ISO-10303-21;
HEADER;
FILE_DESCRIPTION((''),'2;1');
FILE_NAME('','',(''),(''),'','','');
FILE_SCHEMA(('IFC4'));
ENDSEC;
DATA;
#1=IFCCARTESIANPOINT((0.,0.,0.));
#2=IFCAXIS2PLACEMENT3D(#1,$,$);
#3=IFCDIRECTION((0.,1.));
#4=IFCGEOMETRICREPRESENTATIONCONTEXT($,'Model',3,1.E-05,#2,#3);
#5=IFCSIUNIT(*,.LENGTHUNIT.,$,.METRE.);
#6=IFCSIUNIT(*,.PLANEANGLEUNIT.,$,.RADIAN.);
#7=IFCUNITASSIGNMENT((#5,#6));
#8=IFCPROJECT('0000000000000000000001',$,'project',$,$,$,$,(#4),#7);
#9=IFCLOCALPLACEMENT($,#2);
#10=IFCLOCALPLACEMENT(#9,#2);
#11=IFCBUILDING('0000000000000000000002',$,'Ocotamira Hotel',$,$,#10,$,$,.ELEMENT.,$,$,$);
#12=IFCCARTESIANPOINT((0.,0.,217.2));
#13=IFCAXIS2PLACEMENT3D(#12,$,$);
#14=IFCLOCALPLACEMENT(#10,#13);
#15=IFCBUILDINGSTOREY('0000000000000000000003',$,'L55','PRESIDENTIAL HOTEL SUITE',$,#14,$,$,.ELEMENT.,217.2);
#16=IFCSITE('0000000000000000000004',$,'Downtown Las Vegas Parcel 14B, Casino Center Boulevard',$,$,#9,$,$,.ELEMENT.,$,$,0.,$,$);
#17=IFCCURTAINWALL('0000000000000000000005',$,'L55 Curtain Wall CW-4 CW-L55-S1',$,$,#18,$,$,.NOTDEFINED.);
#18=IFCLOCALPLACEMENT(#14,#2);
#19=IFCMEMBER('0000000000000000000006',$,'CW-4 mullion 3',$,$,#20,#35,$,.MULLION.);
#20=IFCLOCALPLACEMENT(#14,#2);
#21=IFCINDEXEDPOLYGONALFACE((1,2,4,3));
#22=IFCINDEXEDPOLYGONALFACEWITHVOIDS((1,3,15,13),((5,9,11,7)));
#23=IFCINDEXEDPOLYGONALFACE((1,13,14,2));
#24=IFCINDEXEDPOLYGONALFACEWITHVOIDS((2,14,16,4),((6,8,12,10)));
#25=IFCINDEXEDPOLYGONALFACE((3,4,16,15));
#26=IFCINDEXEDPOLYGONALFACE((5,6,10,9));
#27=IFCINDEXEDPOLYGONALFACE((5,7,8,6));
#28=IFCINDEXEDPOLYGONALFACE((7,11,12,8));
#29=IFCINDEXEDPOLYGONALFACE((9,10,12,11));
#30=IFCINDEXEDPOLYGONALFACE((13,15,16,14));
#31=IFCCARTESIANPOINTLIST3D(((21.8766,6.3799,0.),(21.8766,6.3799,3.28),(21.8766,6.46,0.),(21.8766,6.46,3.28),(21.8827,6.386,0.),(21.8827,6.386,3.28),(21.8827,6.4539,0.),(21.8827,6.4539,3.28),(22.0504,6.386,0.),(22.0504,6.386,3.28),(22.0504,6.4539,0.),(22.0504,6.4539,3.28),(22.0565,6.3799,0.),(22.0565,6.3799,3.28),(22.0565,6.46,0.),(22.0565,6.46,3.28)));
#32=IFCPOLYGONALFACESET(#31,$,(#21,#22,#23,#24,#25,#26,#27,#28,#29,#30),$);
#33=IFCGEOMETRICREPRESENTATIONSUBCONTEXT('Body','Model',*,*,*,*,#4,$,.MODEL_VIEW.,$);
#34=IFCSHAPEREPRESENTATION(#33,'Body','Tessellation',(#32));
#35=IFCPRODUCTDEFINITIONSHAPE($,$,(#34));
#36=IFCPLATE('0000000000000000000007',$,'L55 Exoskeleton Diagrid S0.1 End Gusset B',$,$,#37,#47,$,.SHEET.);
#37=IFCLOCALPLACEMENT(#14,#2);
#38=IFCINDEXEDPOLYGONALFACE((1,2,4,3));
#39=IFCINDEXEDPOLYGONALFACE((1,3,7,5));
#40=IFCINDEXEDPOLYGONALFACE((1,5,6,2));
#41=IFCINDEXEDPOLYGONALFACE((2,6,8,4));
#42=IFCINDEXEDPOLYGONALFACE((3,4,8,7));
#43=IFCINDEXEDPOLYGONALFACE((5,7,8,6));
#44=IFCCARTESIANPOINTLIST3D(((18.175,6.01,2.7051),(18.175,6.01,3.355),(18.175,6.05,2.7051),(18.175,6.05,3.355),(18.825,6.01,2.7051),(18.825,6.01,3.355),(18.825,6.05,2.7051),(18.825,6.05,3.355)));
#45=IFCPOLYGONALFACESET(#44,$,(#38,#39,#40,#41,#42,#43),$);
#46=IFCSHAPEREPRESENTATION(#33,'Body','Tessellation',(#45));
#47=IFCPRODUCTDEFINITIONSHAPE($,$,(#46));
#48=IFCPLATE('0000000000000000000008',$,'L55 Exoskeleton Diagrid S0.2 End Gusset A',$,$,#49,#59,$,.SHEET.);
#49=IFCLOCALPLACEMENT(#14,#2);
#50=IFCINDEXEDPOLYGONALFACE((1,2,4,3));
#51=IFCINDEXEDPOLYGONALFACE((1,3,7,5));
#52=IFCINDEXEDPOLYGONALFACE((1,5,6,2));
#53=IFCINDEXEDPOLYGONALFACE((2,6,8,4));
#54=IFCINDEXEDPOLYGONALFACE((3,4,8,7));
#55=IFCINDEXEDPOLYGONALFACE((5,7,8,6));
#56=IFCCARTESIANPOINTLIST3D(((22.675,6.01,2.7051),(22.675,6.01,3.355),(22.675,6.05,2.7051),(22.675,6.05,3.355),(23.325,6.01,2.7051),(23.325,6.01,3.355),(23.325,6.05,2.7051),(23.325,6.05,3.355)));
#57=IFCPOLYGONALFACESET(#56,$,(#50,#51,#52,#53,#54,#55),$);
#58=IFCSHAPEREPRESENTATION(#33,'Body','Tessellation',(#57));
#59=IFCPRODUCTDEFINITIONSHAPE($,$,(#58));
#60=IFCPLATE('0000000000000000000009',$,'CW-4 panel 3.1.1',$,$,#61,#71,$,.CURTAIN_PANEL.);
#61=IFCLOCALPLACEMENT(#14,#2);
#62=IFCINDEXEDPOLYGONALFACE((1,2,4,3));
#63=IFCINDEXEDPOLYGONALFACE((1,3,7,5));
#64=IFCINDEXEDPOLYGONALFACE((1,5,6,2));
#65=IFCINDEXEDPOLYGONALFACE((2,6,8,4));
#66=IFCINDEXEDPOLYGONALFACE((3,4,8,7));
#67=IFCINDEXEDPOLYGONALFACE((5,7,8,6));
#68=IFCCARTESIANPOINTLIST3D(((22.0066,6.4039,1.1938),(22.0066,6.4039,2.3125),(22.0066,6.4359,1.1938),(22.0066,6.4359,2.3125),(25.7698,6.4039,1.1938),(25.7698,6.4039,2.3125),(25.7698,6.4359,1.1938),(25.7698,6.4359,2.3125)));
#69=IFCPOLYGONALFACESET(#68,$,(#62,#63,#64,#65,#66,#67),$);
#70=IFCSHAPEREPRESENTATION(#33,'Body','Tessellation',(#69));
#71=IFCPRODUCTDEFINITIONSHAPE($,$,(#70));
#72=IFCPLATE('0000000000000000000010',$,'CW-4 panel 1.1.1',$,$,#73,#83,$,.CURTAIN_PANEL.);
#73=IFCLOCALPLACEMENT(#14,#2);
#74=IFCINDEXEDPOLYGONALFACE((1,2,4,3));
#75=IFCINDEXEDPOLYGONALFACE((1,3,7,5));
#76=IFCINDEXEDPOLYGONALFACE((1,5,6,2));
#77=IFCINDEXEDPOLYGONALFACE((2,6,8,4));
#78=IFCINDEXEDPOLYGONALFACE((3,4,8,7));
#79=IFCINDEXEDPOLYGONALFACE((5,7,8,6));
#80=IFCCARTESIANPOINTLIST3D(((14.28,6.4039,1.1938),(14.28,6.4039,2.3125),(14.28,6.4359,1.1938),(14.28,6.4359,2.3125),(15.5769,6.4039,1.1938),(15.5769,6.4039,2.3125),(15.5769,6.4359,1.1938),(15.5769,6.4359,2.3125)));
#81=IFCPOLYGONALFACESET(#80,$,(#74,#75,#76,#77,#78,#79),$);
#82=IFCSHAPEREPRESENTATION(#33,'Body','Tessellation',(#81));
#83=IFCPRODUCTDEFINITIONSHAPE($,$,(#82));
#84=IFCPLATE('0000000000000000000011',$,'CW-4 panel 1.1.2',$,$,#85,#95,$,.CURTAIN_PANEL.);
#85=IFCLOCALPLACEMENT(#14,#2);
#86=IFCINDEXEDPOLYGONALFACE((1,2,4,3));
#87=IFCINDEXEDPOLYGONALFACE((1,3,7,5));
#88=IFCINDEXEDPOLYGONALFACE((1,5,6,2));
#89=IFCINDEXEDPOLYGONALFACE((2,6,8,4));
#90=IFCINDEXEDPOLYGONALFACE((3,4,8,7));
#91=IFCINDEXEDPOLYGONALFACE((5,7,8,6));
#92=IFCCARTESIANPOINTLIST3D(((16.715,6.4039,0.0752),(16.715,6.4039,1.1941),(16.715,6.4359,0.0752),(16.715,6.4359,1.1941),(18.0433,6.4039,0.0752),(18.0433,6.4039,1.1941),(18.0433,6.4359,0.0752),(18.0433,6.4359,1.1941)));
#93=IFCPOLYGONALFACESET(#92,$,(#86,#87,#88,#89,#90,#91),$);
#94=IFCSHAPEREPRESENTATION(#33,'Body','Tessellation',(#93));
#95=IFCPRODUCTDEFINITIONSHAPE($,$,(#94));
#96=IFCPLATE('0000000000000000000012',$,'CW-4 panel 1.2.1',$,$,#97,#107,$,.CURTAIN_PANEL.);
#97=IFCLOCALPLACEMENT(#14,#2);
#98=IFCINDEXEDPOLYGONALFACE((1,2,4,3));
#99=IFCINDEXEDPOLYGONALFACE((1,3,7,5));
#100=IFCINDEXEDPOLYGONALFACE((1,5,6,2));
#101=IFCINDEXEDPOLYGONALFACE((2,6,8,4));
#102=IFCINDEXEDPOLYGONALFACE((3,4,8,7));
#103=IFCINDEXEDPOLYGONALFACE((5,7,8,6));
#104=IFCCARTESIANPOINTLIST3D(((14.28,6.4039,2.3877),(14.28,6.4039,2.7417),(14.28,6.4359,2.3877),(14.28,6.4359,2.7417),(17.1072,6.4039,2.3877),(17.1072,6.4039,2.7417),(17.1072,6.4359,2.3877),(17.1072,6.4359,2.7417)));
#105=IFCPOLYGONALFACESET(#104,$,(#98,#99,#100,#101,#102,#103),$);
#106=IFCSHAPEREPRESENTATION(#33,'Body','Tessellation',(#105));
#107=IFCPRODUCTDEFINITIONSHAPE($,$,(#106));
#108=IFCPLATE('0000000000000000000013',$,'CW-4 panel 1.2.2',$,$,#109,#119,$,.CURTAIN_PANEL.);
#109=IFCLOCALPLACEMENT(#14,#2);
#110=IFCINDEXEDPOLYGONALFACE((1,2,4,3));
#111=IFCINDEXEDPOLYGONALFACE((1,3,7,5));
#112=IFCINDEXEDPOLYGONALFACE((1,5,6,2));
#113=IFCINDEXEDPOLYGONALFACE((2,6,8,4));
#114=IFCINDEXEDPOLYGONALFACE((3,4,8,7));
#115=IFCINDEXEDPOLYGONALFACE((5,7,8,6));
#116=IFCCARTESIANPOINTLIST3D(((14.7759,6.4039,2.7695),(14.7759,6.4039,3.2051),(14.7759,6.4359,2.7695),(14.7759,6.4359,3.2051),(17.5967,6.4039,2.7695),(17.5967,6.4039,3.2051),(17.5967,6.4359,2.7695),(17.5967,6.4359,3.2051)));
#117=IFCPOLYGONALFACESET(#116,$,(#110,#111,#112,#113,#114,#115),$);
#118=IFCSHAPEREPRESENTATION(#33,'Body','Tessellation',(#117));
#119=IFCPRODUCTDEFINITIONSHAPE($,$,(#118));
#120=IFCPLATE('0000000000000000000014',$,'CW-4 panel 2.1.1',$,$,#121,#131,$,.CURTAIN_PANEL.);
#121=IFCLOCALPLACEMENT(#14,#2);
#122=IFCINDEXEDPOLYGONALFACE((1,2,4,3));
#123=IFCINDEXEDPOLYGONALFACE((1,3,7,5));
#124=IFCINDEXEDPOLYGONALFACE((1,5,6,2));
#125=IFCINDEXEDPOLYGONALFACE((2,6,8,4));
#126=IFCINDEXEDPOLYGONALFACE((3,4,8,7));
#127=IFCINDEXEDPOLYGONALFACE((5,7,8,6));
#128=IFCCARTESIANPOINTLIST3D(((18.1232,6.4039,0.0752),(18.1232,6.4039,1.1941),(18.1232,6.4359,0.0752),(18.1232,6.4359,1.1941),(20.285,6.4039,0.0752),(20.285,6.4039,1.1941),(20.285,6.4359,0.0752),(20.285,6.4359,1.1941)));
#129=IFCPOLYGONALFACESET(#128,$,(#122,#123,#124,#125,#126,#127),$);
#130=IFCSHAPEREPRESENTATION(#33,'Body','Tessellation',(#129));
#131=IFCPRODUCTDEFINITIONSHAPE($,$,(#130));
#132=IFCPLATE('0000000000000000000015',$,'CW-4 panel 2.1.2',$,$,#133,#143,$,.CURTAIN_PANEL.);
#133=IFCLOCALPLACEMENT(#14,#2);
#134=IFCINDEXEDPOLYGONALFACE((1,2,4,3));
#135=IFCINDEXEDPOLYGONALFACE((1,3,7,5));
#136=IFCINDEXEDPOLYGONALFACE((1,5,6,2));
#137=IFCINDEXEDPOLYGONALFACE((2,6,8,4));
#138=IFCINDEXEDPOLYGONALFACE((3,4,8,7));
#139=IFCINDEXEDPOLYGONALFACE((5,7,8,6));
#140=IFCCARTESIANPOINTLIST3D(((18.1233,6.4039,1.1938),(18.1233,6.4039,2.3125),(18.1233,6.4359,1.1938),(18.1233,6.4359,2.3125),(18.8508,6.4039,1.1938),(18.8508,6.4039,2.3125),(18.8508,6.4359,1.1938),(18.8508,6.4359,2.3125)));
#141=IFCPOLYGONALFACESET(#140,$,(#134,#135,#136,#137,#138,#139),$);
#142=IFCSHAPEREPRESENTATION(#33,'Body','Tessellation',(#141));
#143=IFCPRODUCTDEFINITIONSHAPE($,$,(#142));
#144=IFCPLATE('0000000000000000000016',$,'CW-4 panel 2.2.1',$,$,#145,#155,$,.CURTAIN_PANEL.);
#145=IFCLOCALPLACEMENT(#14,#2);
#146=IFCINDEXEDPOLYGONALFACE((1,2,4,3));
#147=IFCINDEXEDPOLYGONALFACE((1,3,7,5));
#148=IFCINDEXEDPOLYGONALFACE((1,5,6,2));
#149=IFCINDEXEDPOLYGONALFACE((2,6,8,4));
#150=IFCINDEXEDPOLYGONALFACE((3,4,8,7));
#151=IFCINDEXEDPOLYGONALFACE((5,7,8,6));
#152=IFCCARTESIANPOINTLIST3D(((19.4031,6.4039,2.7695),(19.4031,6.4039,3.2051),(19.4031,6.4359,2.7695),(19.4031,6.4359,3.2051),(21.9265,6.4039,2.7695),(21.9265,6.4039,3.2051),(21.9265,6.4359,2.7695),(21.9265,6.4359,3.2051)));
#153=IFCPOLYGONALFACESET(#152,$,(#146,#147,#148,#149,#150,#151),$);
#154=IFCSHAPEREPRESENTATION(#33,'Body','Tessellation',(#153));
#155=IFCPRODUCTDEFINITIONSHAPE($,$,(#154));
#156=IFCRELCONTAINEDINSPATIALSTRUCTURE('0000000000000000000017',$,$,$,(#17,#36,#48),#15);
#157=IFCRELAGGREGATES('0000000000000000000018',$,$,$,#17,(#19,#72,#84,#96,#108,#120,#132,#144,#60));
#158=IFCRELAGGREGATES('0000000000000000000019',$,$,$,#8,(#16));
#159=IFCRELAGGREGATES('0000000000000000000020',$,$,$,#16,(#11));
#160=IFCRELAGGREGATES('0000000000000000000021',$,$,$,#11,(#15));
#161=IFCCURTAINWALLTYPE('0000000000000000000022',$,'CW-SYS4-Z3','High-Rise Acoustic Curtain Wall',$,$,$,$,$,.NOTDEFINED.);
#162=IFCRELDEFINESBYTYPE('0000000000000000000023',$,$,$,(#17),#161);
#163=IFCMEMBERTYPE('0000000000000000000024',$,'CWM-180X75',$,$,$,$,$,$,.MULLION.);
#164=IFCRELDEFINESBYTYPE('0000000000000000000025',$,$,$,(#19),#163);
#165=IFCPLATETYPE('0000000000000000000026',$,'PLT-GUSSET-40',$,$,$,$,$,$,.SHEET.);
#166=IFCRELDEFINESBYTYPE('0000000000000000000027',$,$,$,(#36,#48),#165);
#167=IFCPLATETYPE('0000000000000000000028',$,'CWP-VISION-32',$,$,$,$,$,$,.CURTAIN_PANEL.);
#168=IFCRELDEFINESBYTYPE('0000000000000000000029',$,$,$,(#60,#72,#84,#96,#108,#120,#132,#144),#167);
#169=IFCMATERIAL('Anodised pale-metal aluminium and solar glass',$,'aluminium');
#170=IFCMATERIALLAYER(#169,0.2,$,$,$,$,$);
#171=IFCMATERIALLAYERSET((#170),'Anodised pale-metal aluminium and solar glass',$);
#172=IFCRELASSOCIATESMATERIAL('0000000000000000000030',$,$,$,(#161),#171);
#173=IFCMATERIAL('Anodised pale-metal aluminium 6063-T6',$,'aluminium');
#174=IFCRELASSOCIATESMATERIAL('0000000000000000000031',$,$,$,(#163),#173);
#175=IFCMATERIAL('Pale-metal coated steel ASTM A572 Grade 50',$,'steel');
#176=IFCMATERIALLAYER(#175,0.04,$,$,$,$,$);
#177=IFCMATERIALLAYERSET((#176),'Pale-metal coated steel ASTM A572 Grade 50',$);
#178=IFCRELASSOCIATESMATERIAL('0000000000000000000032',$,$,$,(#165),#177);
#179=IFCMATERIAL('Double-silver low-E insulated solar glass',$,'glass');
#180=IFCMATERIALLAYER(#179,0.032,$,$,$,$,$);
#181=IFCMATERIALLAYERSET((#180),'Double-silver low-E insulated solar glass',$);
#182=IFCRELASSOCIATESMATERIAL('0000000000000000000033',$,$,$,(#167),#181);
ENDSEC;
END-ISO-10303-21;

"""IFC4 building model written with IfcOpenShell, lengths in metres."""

from ifc_helpers import new_model, si_unit, direction, frame, origin, origin_2d, place, context, subcontext, project, spatial, rectangle, hollow_rectangle, extrude, source, transform, mapped, material, layer, layer_set, material_profile, profile_set, type_object, element, aggregate, save


model = new_model("IFC4")

# Units and contexts
model_context = context("Model", 3, precision=1e-05, world=origin(), true_north=direction((0.0, 1.0)))
body_context = subcontext(model_context, "Body", "Model", "MODEL_VIEW")
ifc_project = project(units=[si_unit("LENGTHUNIT", "METRE"), si_unit("PLANEANGLEUNIT", "RADIAN")], contexts=[model_context])

# Site, building, storey
site_placement = place(None, origin())
site = spatial("IfcSite", under=ifc_project, at=site_placement, Name="Downtown Las Vegas Parcel 14B, Casino Center Boulevard", CompositionType="ELEMENT", RefElevation=0.0)
building_placement = place(site_placement, origin())
building = spatial("IfcBuilding", under=site, at=building_placement, Name="Ocotamira Hotel", CompositionType="ELEMENT")
storey_placement = place(building_placement, frame((0.0, 0.0, 217.2)))
storey = spatial("IfcBuildingStorey", under=building, at=storey_placement, Name="L55", Description="PRESIDENTIAL HOTEL SUITE", CompositionType="ELEMENT", Elevation=217.2)

# Curtain wall, member
ifc_material_1 = material(Name="Anodised pale-metal aluminium and solar glass", Category="aluminium")
ifc_layer_1 = layer(ifc_material_1, 0.2)
ifc_layer_set_1 = layer_set([ifc_layer_1], Name="Anodised pale-metal aluminium and solar glass")
curtain_wall_type = type_object("IfcCurtainWallType", Name="CW-SYS4-Z3", Description="High-Rise Acoustic Curtain Wall", PredefinedType="NOTDEFINED", material=ifc_layer_set_1)
curtain_wall_placement = place(storey_placement, origin())
curtain_wall = element("IfcCurtainWall", 1, at=curtain_wall_placement, inside=storey, type_object=curtain_wall_type, Name="L55 Curtain Wall CW-4 CW-L55-S1", PredefinedType="NOTDEFINED")
ifc_material_2 = material(Name="Anodised pale-metal aluminium 6063-T6", Category="aluminium")
ifc_material_profile_1 = material_profile(ifc_material_2, hollow_rectangle(XDim=0.0801, YDim=0.1799, WallThickness=0.0061, at=origin_2d()), Name="HSS180X80X6")
ifc_profile_set_1 = profile_set([ifc_material_profile_1], Name="Anodised pale-metal aluminium 6063-T6")
member_type_1 = type_object("IfcMemberType", Name="CWM-180X75", PredefinedType="MULLION", material=ifc_profile_set_1)
shared_shape_1 = source(origin(), body_context, "Body", "SweptSolid", [
    extrude(hollow_rectangle(XDim=0.0801, YDim=0.1799, WallThickness=0.0061, at=origin_2d()), origin(), (0.0, 0.0, 1.0), 3.28),
])
member_1_placement = place(storey_placement, frame((21.9666, 6.4199, 0.0), z_axis=(0.0, 0.0, 1.0), x_axis=(0.0, 1.0, 0.0)))
member_1 = element("IfcMember", 2, at=member_1_placement, type_object=member_type_1, Name="CW-4 mullion 3", PredefinedType="MULLION", context=body_context, shape_type="MappedRepresentation", body=[
    mapped(shared_shape_1, transform((0.0, 0.0, 0.0), scale=1.0)),
])

# Plates
ifc_material_3 = material(Name="Pale-metal coated steel ASTM A572 Grade 50", Category="steel")
ifc_layer_2 = layer(ifc_material_3, 0.04)
ifc_layer_set_2 = layer_set([ifc_layer_2], Name="Pale-metal coated steel ASTM A572 Grade 50")
plate_type_1 = type_object("IfcPlateType", Name="PLT-GUSSET-40", PredefinedType="SHEET", material=ifc_layer_set_2)
shared_shape_2 = source(origin(), body_context, "Body", "SweptSolid", [
    extrude(rectangle(XDim=0.6499, YDim=0.04, at=origin_2d()), origin(), (0.0, 0.0, 1.0), 0.6499),
])
for number, where, z_axis, x_axis, name in (
    (3, (18.5, 6.03, 2.7051), (0.0, 0.0, 1.0), (1.0, 0.0, 0.0), "L55 Exoskeleton Diagrid S0.1 End Gusset B"),
    (4, (23.0, 6.03, 2.7051), (0.0, 0.0, 1.0), (-1.0, 0.0, 0.0), "L55 Exoskeleton Diagrid S0.2 End Gusset A"),
):
    element("IfcPlate", number, at=place(storey_placement, frame(where, z_axis=z_axis, x_axis=x_axis)), inside=storey, type_object=plate_type_1, Name=name, PredefinedType="SHEET", context=body_context, shape_type="MappedRepresentation", body=[
        mapped(shared_shape_2, transform((0.0, 0.0, 0.0), scale=1.0)),
    ])

# Plates
ifc_material_4 = material(Name="Double-silver low-E insulated solar glass", Category="glass")
ifc_layer_3 = layer(ifc_material_4, 0.032)
ifc_layer_set_3 = layer_set([ifc_layer_3], Name="Double-silver low-E insulated solar glass")
plate_type_2 = type_object("IfcPlateType", Name="CWP-VISION-32", PredefinedType="CURTAIN_PANEL", material=ifc_layer_set_3)
shared_shape_3 = source(origin(), body_context, "Body", "SweptSolid", [
    extrude(rectangle(XDim=3.7632, YDim=0.032, at=origin_2d()), origin(), (0.0, 0.0, 1.0), 1.1187),
])
plate_1_placement = place(storey_placement, frame((23.8882, 6.4199, 1.1938), z_axis=(0.0, 0.0, 1.0), x_axis=(1.0, 0.0, 0.0)))
plate_1 = element("IfcPlate", 5, at=plate_1_placement, type_object=plate_type_2, Name="CW-4 panel 3.1.1", PredefinedType="CURTAIN_PANEL", context=body_context, shape_type="MappedRepresentation", body=[
    mapped(shared_shape_3, transform((0.0, 0.0, 0.0), scale=1.0)),
])
shared_shape_4 = source(origin(), body_context, "Body", "SweptSolid", [
    extrude(rectangle(XDim=1.2969, YDim=0.032, at=origin_2d()), origin(), (0.0, 0.0, 1.0), 1.1187),
])
plate_2_placement = place(storey_placement, frame((14.9285, 6.4199, 1.1938), z_axis=(0.0, 0.0, 1.0), x_axis=(1.0, 0.0, 0.0)))
plate_2 = element("IfcPlate", 6, at=plate_2_placement, type_object=plate_type_2, Name="CW-4 panel 1.1.1", PredefinedType="CURTAIN_PANEL", context=body_context, shape_type="MappedRepresentation", body=[
    mapped(shared_shape_4, transform((0.0, 0.0, 0.0), scale=1.0)),
])
shared_shape_5 = source(origin(), body_context, "Body", "SweptSolid", [
    extrude(rectangle(XDim=1.3284, YDim=0.032, at=origin_2d()), origin(), (0.0, 0.0, 1.0), 1.1189),
])
plate_3_placement = place(storey_placement, frame((17.3792, 6.4199, 0.0752), z_axis=(0.0, 0.0, 1.0), x_axis=(1.0, 0.0, 0.0)))
plate_3 = element("IfcPlate", 7, at=plate_3_placement, type_object=plate_type_2, Name="CW-4 panel 1.1.2", PredefinedType="CURTAIN_PANEL", context=body_context, shape_type="MappedRepresentation", body=[
    mapped(shared_shape_5, transform((0.0, 0.0, 0.0), scale=1.0)),
])
shared_shape_6 = source(origin(), body_context, "Body", "SweptSolid", [
    extrude(rectangle(XDim=2.8271, YDim=0.032, at=origin_2d()), origin(), (0.0, 0.0, 1.0), 0.354),
])
plate_4_placement = place(storey_placement, frame((15.6936, 6.4199, 2.3877), z_axis=(0.0, 0.0, 1.0), x_axis=(1.0, 0.0, 0.0)))
plate_4 = element("IfcPlate", 8, at=plate_4_placement, type_object=plate_type_2, Name="CW-4 panel 1.2.1", PredefinedType="CURTAIN_PANEL", context=body_context, shape_type="MappedRepresentation", body=[
    mapped(shared_shape_6, transform((0.0, 0.0, 0.0), scale=1.0)),
])
shared_shape_7 = source(origin(), body_context, "Body", "SweptSolid", [
    extrude(rectangle(XDim=2.8208, YDim=0.032, at=origin_2d()), origin(), (0.0, 0.0, 1.0), 0.4355),
])
plate_5_placement = place(storey_placement, frame((16.1863, 6.4199, 2.7695), z_axis=(0.0, 0.0, 1.0), x_axis=(1.0, 0.0, 0.0)))
plate_5 = element("IfcPlate", 9, at=plate_5_placement, type_object=plate_type_2, Name="CW-4 panel 1.2.2", PredefinedType="CURTAIN_PANEL", context=body_context, shape_type="MappedRepresentation", body=[
    mapped(shared_shape_7, transform((0.0, 0.0, 0.0), scale=1.0)),
])
shared_shape_8 = source(origin(), body_context, "Body", "SweptSolid", [
    extrude(rectangle(XDim=2.1619, YDim=0.032, at=origin_2d()), origin(), (0.0, 0.0, 1.0), 1.1189),
])
plate_6_placement = place(storey_placement, frame((19.2041, 6.4199, 0.0752), z_axis=(0.0, 0.0, 1.0), x_axis=(1.0, 0.0, 0.0)))
plate_6 = element("IfcPlate", 10, at=plate_6_placement, type_object=plate_type_2, Name="CW-4 panel 2.1.1", PredefinedType="CURTAIN_PANEL", context=body_context, shape_type="MappedRepresentation", body=[
    mapped(shared_shape_8, transform((0.0, 0.0, 0.0), scale=1.0)),
])
shared_shape_9 = source(origin(), body_context, "Body", "SweptSolid", [
    extrude(rectangle(XDim=0.7275, YDim=0.032, at=origin_2d()), origin(), (0.0, 0.0, 1.0), 1.1187),
])
plate_7_placement = place(storey_placement, frame((18.4871, 6.4199, 1.1938), z_axis=(0.0, 0.0, 1.0), x_axis=(1.0, 0.0, 0.0)))
plate_7 = element("IfcPlate", 11, at=plate_7_placement, type_object=plate_type_2, Name="CW-4 panel 2.1.2", PredefinedType="CURTAIN_PANEL", context=body_context, shape_type="MappedRepresentation", body=[
    mapped(shared_shape_9, transform((0.0, 0.0, 0.0), scale=1.0)),
])
shared_shape_10 = source(origin(), body_context, "Body", "SweptSolid", [
    extrude(rectangle(XDim=2.5234, YDim=0.032, at=origin_2d()), origin(), (0.0, 0.0, 1.0), 0.4355),
])
plate_8_placement = place(storey_placement, frame((20.6648, 6.4199, 2.7695), z_axis=(0.0, 0.0, 1.0), x_axis=(1.0, 0.0, 0.0)))
plate_8 = element("IfcPlate", 12, at=plate_8_placement, type_object=plate_type_2, Name="CW-4 panel 2.2.1", PredefinedType="CURTAIN_PANEL", context=body_context, shape_type="MappedRepresentation", body=[
    mapped(shared_shape_10, transform((0.0, 0.0, 0.0), scale=1.0)),
])
aggregate(curtain_wall, [member_1, plate_2, plate_3, plate_4, plate_5, plate_6, plate_7, plate_8, plate_1])

save(model, "model.ifc")
